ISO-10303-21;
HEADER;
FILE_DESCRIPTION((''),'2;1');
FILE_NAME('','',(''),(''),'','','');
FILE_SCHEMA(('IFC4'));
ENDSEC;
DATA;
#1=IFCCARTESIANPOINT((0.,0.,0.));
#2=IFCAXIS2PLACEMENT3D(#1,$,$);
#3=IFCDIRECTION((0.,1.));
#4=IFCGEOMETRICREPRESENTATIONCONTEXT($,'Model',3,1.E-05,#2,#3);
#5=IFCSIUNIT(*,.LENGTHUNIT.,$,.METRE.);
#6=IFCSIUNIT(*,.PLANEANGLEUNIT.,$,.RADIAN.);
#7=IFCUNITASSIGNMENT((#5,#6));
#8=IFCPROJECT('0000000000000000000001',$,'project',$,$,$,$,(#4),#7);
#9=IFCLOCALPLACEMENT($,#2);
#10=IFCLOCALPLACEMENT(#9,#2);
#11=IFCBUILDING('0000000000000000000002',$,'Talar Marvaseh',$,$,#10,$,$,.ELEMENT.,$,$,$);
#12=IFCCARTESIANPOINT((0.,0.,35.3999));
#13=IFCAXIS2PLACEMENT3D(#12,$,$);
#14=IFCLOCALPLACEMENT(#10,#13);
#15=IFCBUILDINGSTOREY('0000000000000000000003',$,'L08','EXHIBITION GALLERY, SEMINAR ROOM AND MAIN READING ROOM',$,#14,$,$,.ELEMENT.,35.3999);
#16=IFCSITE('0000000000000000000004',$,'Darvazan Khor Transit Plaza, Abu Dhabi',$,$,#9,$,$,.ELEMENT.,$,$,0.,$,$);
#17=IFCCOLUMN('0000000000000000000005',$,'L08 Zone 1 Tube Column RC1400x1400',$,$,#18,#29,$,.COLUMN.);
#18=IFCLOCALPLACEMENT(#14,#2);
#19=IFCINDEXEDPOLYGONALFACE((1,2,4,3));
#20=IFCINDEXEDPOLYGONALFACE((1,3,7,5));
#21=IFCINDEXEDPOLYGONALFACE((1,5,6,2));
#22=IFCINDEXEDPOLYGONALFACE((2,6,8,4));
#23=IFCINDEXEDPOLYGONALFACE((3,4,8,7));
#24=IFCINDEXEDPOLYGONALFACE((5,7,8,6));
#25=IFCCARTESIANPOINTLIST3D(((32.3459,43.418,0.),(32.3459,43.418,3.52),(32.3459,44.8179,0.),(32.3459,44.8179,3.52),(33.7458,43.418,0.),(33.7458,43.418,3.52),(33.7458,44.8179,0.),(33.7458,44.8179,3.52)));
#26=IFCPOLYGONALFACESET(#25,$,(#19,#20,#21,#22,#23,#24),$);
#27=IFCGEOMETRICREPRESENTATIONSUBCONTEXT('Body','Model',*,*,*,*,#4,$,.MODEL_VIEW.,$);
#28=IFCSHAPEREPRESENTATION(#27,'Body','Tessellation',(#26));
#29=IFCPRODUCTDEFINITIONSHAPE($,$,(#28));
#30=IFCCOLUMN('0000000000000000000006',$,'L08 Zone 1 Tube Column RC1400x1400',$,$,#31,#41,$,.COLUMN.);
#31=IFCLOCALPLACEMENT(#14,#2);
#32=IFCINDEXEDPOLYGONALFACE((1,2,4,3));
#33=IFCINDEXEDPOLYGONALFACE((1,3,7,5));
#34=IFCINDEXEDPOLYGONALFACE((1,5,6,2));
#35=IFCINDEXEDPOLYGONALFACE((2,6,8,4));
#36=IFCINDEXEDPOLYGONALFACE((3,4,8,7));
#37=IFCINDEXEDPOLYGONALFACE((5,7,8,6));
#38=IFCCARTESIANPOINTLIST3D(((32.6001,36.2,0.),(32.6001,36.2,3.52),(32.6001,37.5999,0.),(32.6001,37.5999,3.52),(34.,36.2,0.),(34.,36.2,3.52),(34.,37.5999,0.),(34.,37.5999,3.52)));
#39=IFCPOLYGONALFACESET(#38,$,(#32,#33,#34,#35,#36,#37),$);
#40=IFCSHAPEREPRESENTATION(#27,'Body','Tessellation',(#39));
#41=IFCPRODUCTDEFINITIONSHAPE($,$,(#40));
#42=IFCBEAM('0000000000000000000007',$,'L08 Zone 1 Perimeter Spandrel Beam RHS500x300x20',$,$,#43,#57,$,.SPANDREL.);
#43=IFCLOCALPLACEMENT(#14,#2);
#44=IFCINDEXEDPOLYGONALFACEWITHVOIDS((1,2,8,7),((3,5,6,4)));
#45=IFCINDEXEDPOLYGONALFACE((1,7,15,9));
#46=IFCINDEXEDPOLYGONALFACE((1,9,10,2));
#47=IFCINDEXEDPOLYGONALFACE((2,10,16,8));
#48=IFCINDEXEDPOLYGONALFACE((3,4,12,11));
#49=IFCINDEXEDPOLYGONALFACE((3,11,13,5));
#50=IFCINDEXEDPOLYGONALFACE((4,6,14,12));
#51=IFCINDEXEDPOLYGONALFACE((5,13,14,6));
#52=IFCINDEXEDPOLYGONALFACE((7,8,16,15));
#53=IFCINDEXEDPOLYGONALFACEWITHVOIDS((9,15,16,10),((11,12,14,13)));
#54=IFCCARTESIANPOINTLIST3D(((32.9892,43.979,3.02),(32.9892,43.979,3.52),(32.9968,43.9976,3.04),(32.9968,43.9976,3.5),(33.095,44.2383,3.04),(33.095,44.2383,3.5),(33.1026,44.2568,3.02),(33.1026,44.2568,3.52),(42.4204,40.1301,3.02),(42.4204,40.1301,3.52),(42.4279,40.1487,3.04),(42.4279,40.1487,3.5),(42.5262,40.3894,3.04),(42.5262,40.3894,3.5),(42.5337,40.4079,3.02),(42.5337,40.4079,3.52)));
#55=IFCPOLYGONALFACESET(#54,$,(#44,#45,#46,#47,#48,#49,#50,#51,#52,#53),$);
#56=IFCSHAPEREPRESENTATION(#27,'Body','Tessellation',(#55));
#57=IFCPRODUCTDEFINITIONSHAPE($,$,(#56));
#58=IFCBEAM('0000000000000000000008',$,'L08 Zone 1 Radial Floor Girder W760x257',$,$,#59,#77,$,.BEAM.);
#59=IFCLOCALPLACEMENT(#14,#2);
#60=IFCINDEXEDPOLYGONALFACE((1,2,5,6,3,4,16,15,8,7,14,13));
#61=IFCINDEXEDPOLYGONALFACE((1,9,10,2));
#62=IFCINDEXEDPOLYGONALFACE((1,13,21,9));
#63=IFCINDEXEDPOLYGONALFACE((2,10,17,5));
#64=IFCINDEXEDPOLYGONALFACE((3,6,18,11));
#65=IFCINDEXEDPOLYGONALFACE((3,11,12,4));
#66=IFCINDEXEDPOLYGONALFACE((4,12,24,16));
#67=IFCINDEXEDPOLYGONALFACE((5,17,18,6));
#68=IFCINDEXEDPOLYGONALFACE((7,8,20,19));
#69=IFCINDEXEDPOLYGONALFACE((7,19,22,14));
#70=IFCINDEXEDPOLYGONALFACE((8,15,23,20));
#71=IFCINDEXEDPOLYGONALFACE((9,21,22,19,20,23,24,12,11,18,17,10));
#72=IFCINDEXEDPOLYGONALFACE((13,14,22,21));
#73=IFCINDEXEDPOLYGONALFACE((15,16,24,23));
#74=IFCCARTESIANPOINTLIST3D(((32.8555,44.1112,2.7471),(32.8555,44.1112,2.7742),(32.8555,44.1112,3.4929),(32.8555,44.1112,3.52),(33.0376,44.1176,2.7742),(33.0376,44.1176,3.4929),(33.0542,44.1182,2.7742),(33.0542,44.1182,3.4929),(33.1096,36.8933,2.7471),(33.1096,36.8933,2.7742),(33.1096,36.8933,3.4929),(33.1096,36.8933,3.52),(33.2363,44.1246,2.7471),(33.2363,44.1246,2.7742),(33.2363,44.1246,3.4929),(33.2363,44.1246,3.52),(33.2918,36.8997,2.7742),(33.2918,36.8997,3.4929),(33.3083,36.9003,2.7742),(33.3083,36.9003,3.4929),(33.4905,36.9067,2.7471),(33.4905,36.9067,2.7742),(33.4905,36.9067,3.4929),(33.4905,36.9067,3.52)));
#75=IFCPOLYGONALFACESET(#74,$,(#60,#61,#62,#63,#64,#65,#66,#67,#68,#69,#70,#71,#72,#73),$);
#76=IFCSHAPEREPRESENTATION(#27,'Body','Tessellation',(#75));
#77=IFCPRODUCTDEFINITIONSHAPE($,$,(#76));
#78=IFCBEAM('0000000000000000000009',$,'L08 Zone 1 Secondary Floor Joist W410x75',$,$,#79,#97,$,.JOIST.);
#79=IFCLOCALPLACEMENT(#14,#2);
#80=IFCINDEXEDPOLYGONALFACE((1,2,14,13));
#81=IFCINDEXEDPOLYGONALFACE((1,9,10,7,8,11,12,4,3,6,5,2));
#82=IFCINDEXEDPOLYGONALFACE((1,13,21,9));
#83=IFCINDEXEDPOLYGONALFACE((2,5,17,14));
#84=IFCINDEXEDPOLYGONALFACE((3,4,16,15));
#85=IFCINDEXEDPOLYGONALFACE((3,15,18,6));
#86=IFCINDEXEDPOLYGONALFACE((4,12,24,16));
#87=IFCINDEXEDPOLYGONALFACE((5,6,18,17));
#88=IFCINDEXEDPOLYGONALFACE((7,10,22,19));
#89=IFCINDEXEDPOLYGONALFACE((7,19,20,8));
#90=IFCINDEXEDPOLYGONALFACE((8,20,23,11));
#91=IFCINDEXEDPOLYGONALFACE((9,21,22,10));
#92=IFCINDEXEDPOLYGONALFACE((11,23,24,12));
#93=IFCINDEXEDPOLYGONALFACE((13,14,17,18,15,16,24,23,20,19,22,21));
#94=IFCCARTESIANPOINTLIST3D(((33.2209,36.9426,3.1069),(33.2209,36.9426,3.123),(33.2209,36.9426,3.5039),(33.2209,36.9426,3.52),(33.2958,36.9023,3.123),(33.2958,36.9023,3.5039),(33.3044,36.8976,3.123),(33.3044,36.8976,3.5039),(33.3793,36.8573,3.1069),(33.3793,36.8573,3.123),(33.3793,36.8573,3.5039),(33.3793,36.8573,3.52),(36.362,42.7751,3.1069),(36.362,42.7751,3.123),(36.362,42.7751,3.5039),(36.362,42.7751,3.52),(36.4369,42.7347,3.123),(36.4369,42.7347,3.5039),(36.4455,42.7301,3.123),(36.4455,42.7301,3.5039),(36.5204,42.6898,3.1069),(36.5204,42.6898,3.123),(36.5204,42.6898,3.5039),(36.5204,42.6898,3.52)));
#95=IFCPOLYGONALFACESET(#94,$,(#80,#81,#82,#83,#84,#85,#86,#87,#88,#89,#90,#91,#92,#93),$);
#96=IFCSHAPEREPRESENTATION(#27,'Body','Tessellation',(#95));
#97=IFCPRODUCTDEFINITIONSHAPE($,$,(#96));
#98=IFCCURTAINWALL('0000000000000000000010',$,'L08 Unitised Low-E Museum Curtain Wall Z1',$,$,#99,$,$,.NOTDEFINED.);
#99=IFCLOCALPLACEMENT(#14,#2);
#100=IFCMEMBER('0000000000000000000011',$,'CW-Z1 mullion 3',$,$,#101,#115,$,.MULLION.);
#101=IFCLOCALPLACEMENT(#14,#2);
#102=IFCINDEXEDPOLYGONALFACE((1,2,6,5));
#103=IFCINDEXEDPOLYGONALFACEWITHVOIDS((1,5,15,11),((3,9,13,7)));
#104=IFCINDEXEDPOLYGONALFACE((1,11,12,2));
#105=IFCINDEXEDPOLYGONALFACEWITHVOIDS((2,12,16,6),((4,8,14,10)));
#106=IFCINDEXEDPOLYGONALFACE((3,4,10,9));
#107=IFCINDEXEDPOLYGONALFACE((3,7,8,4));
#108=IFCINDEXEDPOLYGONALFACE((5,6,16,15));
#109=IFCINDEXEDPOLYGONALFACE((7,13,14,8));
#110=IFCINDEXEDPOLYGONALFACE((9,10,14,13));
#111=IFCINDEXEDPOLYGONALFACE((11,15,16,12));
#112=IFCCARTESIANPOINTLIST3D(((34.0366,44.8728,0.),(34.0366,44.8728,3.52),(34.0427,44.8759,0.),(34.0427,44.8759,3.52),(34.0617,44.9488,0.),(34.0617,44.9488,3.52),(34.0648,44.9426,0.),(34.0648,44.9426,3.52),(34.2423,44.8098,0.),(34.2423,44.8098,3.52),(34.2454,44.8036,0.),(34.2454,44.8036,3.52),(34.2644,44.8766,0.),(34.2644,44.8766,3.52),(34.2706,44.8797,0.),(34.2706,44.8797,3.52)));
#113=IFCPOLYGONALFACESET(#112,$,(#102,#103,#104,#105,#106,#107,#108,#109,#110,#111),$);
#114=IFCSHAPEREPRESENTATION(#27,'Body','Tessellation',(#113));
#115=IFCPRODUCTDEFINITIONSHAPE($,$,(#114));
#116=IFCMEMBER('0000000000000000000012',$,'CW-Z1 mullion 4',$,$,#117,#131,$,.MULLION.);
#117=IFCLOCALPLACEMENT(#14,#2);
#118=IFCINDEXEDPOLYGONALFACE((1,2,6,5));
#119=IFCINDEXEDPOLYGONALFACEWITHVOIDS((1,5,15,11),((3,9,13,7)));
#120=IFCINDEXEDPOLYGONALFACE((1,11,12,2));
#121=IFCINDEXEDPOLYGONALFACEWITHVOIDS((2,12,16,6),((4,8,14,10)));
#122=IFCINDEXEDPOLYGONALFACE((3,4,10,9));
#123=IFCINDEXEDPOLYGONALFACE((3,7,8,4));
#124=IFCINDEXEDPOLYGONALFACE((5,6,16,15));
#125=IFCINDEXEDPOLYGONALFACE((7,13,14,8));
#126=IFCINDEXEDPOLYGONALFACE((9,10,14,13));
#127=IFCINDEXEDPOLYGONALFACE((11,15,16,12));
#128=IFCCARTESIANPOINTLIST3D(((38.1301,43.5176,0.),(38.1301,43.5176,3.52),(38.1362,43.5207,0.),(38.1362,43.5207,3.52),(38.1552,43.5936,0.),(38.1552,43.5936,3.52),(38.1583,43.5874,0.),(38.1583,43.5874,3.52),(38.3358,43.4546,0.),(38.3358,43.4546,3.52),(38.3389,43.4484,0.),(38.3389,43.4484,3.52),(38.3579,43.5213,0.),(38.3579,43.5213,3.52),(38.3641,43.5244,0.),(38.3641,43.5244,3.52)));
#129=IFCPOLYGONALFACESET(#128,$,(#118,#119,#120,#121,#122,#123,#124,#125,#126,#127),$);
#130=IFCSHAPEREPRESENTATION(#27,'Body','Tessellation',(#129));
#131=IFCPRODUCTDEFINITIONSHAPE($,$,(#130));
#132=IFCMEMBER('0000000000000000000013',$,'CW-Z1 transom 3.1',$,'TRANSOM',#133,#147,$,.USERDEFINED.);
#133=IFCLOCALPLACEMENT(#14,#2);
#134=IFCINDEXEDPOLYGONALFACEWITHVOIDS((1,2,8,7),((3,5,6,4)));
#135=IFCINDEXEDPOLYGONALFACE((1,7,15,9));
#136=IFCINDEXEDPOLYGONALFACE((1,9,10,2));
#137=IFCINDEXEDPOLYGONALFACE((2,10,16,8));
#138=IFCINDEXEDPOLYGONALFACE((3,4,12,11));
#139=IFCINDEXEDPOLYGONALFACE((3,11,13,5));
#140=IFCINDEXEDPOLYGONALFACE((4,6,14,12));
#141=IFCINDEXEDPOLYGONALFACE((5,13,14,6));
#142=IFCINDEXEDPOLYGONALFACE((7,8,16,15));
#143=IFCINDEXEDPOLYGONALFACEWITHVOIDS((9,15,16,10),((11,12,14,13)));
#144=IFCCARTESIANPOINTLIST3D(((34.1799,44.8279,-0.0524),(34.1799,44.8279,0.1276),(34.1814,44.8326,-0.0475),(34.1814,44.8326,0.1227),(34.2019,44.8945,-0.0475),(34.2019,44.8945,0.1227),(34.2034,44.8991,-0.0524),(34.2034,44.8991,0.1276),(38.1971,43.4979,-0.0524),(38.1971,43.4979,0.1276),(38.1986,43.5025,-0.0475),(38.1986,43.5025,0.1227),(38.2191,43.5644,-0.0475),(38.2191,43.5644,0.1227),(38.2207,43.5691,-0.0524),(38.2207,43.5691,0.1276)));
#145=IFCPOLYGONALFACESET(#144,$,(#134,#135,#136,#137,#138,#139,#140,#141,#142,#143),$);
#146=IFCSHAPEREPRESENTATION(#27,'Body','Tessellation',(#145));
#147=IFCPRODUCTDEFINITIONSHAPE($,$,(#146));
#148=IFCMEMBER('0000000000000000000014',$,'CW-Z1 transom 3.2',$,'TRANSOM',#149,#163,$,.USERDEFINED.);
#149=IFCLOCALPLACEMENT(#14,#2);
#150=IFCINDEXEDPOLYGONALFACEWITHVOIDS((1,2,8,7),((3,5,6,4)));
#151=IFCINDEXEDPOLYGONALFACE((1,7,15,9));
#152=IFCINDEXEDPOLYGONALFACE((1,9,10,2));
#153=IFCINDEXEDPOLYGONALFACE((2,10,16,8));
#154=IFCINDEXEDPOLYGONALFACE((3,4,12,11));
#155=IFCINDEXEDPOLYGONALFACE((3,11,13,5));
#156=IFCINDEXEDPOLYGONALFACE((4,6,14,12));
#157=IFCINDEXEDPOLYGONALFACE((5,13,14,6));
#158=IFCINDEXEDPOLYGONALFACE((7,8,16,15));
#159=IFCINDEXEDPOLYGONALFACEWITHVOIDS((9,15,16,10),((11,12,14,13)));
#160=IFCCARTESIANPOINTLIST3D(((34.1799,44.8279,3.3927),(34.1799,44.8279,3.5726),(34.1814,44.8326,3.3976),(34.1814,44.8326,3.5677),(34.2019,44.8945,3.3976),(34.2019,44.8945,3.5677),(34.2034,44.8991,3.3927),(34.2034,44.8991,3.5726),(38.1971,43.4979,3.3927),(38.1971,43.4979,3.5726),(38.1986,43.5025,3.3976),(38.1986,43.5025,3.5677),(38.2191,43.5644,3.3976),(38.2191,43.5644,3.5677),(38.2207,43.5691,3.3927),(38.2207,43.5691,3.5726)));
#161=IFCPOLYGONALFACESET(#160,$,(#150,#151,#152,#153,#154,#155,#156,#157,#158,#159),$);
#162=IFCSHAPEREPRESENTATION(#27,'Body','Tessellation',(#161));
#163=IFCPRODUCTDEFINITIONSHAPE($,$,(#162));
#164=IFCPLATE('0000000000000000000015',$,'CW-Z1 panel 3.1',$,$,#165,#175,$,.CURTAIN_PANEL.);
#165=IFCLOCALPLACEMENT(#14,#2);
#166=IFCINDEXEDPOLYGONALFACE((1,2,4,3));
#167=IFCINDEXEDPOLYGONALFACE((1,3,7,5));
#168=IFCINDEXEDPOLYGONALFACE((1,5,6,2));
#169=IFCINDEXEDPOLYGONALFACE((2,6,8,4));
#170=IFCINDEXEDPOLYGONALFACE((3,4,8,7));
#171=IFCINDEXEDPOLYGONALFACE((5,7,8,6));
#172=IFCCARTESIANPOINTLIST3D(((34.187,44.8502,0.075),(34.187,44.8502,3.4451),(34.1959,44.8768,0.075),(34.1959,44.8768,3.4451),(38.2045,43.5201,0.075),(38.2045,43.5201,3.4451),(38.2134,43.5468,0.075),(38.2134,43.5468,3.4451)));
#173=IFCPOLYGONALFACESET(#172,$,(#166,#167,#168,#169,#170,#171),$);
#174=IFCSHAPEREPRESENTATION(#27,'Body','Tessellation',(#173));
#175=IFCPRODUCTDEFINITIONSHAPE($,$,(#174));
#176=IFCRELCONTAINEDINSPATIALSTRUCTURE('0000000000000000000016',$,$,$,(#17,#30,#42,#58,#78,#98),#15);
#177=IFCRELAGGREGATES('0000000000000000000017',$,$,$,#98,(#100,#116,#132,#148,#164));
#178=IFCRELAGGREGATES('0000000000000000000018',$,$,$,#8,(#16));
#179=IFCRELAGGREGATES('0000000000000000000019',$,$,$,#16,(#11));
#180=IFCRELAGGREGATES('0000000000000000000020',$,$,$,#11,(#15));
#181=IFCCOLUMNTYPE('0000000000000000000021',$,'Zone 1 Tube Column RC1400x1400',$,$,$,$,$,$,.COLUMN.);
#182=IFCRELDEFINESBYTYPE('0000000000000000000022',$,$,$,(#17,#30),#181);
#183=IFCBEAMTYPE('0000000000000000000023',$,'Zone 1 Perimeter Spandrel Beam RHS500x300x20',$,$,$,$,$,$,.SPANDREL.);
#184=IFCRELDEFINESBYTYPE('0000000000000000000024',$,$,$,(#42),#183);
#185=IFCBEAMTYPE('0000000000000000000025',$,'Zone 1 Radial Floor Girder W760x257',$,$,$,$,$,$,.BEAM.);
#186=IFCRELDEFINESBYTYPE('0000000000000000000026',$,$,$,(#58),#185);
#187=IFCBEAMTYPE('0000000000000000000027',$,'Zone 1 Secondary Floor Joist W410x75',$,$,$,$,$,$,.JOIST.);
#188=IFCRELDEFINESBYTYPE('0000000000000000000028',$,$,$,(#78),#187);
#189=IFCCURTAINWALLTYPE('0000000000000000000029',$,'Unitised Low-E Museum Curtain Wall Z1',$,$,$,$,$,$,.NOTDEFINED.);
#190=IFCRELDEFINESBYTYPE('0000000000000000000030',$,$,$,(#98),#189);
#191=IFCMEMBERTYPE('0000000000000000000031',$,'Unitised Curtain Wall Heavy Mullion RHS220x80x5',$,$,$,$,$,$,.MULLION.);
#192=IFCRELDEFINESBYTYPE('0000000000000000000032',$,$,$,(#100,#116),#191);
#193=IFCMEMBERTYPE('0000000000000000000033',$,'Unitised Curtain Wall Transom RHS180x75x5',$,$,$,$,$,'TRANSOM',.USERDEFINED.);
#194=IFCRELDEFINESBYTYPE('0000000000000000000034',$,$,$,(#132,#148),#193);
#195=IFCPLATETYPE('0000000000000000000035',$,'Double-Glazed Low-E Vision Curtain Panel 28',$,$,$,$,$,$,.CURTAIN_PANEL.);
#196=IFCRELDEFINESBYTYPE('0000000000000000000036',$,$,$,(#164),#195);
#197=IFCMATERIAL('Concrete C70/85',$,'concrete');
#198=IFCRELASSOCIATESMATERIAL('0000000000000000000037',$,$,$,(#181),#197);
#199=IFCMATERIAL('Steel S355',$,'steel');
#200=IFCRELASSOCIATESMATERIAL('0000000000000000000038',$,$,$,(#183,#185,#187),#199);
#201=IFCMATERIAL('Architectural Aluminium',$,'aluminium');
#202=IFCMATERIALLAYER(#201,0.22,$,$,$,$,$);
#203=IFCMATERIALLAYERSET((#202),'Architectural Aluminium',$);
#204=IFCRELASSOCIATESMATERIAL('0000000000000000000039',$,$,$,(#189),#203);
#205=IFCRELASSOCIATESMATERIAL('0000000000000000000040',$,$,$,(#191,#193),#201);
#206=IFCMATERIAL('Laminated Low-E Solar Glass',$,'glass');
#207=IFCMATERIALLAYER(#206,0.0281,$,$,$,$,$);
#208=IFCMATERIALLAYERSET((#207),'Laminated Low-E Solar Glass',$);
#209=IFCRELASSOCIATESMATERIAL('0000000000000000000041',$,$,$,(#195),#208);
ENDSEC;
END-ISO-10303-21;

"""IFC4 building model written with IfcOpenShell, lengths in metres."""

from ifc_helpers import new_model, si_unit, direction, frame, origin, origin_2d, place, context, subcontext, project, spatial, rectangle, hollow_rectangle, i_section, extrude, source, transform, mapped, material, layer, layer_set, material_profile, profile_set, type_object, type_shapes, element, aggregate, save


model = new_model("IFC4")

# Units and contexts
model_context = context("Model", 3, precision=1e-05, world=origin(), true_north=direction((0.0, 1.0)))
body_context = subcontext(model_context, "Body", "Model", "MODEL_VIEW")
ifc_project = project(units=[si_unit("LENGTHUNIT", "METRE"), si_unit("PLANEANGLEUNIT", "RADIAN")], contexts=[model_context])

# Site, building, storey
site_placement = place(None, origin())
site = spatial("IfcSite", under=ifc_project, at=site_placement, Name="Darvazan Khor Transit Plaza, Abu Dhabi", CompositionType="ELEMENT", RefElevation=0.0)
building_placement = place(site_placement, origin())
building = spatial("IfcBuilding", under=site, at=building_placement, Name="Talar Marvaseh", CompositionType="ELEMENT")
storey_placement = place(building_placement, frame((0.0, 0.0, 35.3999)))
storey = spatial("IfcBuildingStorey", under=building, at=storey_placement, Name="L08", Description="EXHIBITION GALLERY, SEMINAR ROOM AND MAIN READING ROOM", CompositionType="ELEMENT", Elevation=35.3999)

# Columns
ifc_material_1 = material(Name="Concrete C70/85", Category="concrete")
ifc_material_profile_1 = material_profile(ifc_material_1, rectangle(XDim=1.3999, YDim=1.3999, at=origin_2d()), Name="RC1400x1400")
ifc_profile_set_1 = profile_set([ifc_material_profile_1], Name="Concrete C70/85")
column_type = type_object("IfcColumnType", Name="Zone 1 Tube Column RC1400x1400", PredefinedType="COLUMN", material=ifc_profile_set_1)
for number, where, z_axis, x_axis, name in (
    (1, (33.0459, 44.1179, 0.0), (0.0, 0.0, 1.0), (1.0, 0.0, 0.0), "L08 Zone 1 Tube Column RC1400x1400"),
    (2, (33.3, 36.8999, 0.0), (0.0, 0.0, 1.0), (1.0, 0.0, 0.0), "L08 Zone 1 Tube Column RC1400x1400"),
):
    element("IfcColumn", number, at=place(storey_placement, frame(where, z_axis=z_axis, x_axis=x_axis)), inside=storey, type_object=column_type, Name=name, PredefinedType="COLUMN", context=body_context, shape_type="SweptSolid", body=[
        extrude(rectangle(XDim=1.3999, YDim=1.3999, at=origin_2d()), origin(), (0.0, 0.0, 1.0), 3.52),
    ])

# Beams
ifc_material_2 = material(Name="Steel S355", Category="steel")
ifc_material_profile_2 = material_profile(ifc_material_2, hollow_rectangle(XDim=0.3, YDim=0.5, WallThickness=0.02, at=origin_2d()), Name="RHS500x300x20")
ifc_profile_set_2 = profile_set([ifc_material_profile_2], Name="Steel S355")
beam_type_1 = type_object("IfcBeamType", Name="Zone 1 Perimeter Spandrel Beam RHS500x300x20", PredefinedType="SPANDREL", material=ifc_profile_set_2)
beam_1_placement = place(storey_placement, frame((33.0459, 44.1179, 3.27), z_axis=(0.925867, -0.377849, 0.0), x_axis=(0.377849, 0.925867, 0.0)))
element("IfcBeam", 3, at=beam_1_placement, inside=storey, type_object=beam_type_1, Name="L08 Zone 1 Perimeter Spandrel Beam RHS500x300x20", PredefinedType="SPANDREL", context=body_context, shape_type="SweptSolid", body=[
    extrude(hollow_rectangle(XDim=0.3, YDim=0.5, WallThickness=0.02, at=origin_2d()), origin(), (0.0, 0.0, 1.0), 10.1863),
])
ifc_material_profile_3 = material_profile(ifc_material_2, i_section(OverallWidth=0.3811, OverallDepth=0.7729, WebThickness=0.0166, FlangeThickness=0.0271, at=origin_2d()), Name="W760x257")
ifc_profile_set_3 = profile_set([ifc_material_profile_3], Name="Steel S355")
beam_type_2 = type_object("IfcBeamType", Name="Zone 1 Radial Floor Girder W760x257", PredefinedType="BEAM", material=ifc_profile_set_3)
beam_2_placement = place(storey_placement, frame((33.0459, 44.1179, 3.1335), z_axis=(0.035189, -0.999381, 0.0), x_axis=(0.999381, 0.035189, 0.0)))
element("IfcBeam", 4, at=beam_2_placement, inside=storey, type_object=beam_type_2, Name="L08 Zone 1 Radial Floor Girder W760x257", PredefinedType="BEAM", context=body_context, shape_type="SweptSolid", body=[
    extrude(i_section(OverallWidth=0.3811, OverallDepth=0.7729, WebThickness=0.0166, FlangeThickness=0.0271, at=origin_2d()), origin(), (0.0, 0.0, 1.0), 7.2224),
])
ifc_material_profile_4 = material_profile(ifc_material_2, i_section(OverallWidth=0.1799, OverallDepth=0.4131, WebThickness=0.0098, FlangeThickness=0.0161, at=origin_2d()), Name="W410x75")
ifc_profile_set_4 = profile_set([ifc_material_profile_4], Name="Steel S355")
beam_type_3 = type_object("IfcBeamType", Name="Zone 1 Secondary Floor Joist W410x75", PredefinedType="JOIST", material=ifc_profile_set_4)
beam_3_placement = place(storey_placement, frame((36.4412, 42.7324, 3.3135), z_axis=(-0.474161, -0.880438, 0.0), x_axis=(0.880438, -0.474161, 0.0)))
element("IfcBeam", 5, at=beam_3_placement, inside=storey, type_object=beam_type_3, Name="L08 Zone 1 Secondary Floor Joist W410x75", PredefinedType="JOIST", context=body_context, shape_type="SweptSolid", body=[
    extrude(i_section(OverallWidth=0.1799, OverallDepth=0.4131, WebThickness=0.0098, FlangeThickness=0.0161, at=origin_2d()), origin(), (0.0, 0.0, 1.0), 6.6245),
])

# Curtain wall, members, plate
ifc_material_3 = material(Name="Architectural Aluminium", Category="aluminium")
ifc_layer_1 = layer(ifc_material_3, 0.22)
ifc_layer_set_1 = layer_set([ifc_layer_1], Name="Architectural Aluminium")
curtain_wall_type = type_object("IfcCurtainWallType", Name="Unitised Low-E Museum Curtain Wall Z1", PredefinedType="NOTDEFINED", material=ifc_layer_set_1)
curtain_wall_placement = place(storey_placement, origin())
curtain_wall = element("IfcCurtainWall", 6, at=curtain_wall_placement, inside=storey, type_object=curtain_wall_type, Name="L08 Unitised Low-E Museum Curtain Wall Z1", PredefinedType="NOTDEFINED")
ifc_material_profile_5 = material_profile(ifc_material_3, hollow_rectangle(XDim=0.0801, YDim=0.22, WallThickness=0.0049, at=origin_2d()), Name="RHS220x80x5")
ifc_profile_set_5 = profile_set([ifc_material_profile_5], Name="Architectural Aluminium")
member_type_1 = type_object("IfcMemberType", Name="Unitised Curtain Wall Heavy Mullion RHS220x80x5", PredefinedType="MULLION", material=ifc_profile_set_5)
shared_shape_1 = source(origin(), body_context, "Body", "SweptSolid", [
    extrude(hollow_rectangle(XDim=0.0801, YDim=0.22, WallThickness=0.0049, at=origin_2d()), origin(), (0.0, 0.0, 1.0), 3.52),
])
type_shapes(member_type_1, [shared_shape_1])
member_1_placement = place(storey_placement, frame((34.1536, 44.8762, 0.0), z_axis=(0.0, 0.0, 1.0), x_axis=(0.314288, 0.949328, 0.0)))
member_1 = element("IfcMember", 7, at=member_1_placement, type_object=member_type_1, Name="CW-Z1 mullion 3", PredefinedType="MULLION", context=body_context, shape_type="MappedRepresentation", body=[
    mapped(shared_shape_1, transform((0.0, 0.0, 0.0), x_axis=(1.0, 0.0, 0.0), y_axis=(0.0, 1.0, 0.0), z_axis=(0.0, 0.0, 1.0), scale=1.0)),
])
member_2_placement = place(storey_placement, frame((38.2471, 43.521, 0.0), z_axis=(0.0, 0.0, 1.0), x_axis=(0.314288, 0.949328, 0.0)))
member_2 = element("IfcMember", 8, at=member_2_placement, type_object=member_type_1, Name="CW-Z1 mullion 4", PredefinedType="MULLION", context=body_context, shape_type="MappedRepresentation", body=[
    mapped(shared_shape_1, transform((0.0, 0.0, 0.0), x_axis=(1.0, 0.0, 0.0), y_axis=(0.0, 1.0, 0.0), z_axis=(0.0, 0.0, 1.0), scale=1.0)),
])
ifc_material_profile_6 = material_profile(ifc_material_3, hollow_rectangle(XDim=0.075, YDim=0.1799, WallThickness=0.0049, at=origin_2d()), Name="RHS180x75x5")
ifc_profile_set_6 = profile_set([ifc_material_profile_6], Name="Architectural Aluminium")
member_type_2 = type_object("IfcMemberType", Name="Unitised Curtain Wall Transom RHS180x75x5", ElementType="TRANSOM", PredefinedType="USERDEFINED", material=ifc_profile_set_6)
shared_shape_2 = source(origin(), body_context, "Body", "SweptSolid", [
    extrude(hollow_rectangle(XDim=0.075, YDim=0.1799, WallThickness=0.0049, at=origin_2d()), origin(), (0.0, 0.0, 1.0), 4.2317),
])
type_shapes(member_type_2, [shared_shape_2])
member_3_placement = place(storey_placement, frame((34.1917, 44.8635, 0.0376), z_axis=(0.949322, -0.314306, 0.0), x_axis=(0.314306, 0.949322, 0.0)))
member_3 = element("IfcMember", 9, at=member_3_placement, type_object=member_type_2, Name="CW-Z1 transom 3.1", ObjectType="TRANSOM", PredefinedType="USERDEFINED", context=body_context, shape_type="MappedRepresentation", body=[
    mapped(shared_shape_2, transform((0.0, 0.0, 0.0), x_axis=(1.0, 0.0, 0.0), y_axis=(0.0, 1.0, 0.0), z_axis=(0.0, 0.0, 1.0), scale=1.0)),
])
member_4_placement = place(storey_placement, frame((34.1917, 44.8635, 3.4827), z_axis=(0.949322, -0.314306, 0.0), x_axis=(0.314306, 0.949322, 0.0)))
member_4 = element("IfcMember", 10, at=member_4_placement, type_object=member_type_2, Name="CW-Z1 transom 3.2", ObjectType="TRANSOM", PredefinedType="USERDEFINED", context=body_context, shape_type="MappedRepresentation", body=[
    mapped(shared_shape_2, transform((0.0, 0.0, 0.0), x_axis=(1.0, 0.0, 0.0), y_axis=(0.0, 1.0, 0.0), z_axis=(0.0, 0.0, 1.0), scale=1.0)),
])
ifc_material_4 = material(Name="Laminated Low-E Solar Glass", Category="glass")
ifc_layer_2 = layer(ifc_material_4, 0.0281)
ifc_layer_set_2 = layer_set([ifc_layer_2], Name="Laminated Low-E Solar Glass")
plate_type = type_object("IfcPlateType", Name="Double-Glazed Low-E Vision Curtain Panel 28", PredefinedType="CURTAIN_PANEL", material=ifc_layer_set_2)
shared_shape_3 = source(origin(), body_context, "Body", "SweptSolid", [
    extrude(rectangle(XDim=4.2319, YDim=0.0281, at=origin_2d()), origin(), (0.0, 0.0, 1.0), 3.3701),
])
type_shapes(plate_type, [shared_shape_3])
plate_placement = place(storey_placement, frame((36.2002, 44.1985, 0.075), z_axis=(0.0, 0.0, 1.0), x_axis=(0.949328, -0.314288, 0.0)))
plate = element("IfcPlate", 11, at=plate_placement, type_object=plate_type, Name="CW-Z1 panel 3.1", PredefinedType="CURTAIN_PANEL", context=body_context, shape_type="MappedRepresentation", body=[
    mapped(shared_shape_3, transform((0.0, 0.0, 0.0), x_axis=(1.0, 0.0, 0.0), y_axis=(0.0, 1.0, 0.0), z_axis=(0.0, 0.0, 1.0), scale=1.0)),
])
aggregate(curtain_wall, [member_1, member_2, member_3, member_4, plate])

save(model, "model.ifc")
